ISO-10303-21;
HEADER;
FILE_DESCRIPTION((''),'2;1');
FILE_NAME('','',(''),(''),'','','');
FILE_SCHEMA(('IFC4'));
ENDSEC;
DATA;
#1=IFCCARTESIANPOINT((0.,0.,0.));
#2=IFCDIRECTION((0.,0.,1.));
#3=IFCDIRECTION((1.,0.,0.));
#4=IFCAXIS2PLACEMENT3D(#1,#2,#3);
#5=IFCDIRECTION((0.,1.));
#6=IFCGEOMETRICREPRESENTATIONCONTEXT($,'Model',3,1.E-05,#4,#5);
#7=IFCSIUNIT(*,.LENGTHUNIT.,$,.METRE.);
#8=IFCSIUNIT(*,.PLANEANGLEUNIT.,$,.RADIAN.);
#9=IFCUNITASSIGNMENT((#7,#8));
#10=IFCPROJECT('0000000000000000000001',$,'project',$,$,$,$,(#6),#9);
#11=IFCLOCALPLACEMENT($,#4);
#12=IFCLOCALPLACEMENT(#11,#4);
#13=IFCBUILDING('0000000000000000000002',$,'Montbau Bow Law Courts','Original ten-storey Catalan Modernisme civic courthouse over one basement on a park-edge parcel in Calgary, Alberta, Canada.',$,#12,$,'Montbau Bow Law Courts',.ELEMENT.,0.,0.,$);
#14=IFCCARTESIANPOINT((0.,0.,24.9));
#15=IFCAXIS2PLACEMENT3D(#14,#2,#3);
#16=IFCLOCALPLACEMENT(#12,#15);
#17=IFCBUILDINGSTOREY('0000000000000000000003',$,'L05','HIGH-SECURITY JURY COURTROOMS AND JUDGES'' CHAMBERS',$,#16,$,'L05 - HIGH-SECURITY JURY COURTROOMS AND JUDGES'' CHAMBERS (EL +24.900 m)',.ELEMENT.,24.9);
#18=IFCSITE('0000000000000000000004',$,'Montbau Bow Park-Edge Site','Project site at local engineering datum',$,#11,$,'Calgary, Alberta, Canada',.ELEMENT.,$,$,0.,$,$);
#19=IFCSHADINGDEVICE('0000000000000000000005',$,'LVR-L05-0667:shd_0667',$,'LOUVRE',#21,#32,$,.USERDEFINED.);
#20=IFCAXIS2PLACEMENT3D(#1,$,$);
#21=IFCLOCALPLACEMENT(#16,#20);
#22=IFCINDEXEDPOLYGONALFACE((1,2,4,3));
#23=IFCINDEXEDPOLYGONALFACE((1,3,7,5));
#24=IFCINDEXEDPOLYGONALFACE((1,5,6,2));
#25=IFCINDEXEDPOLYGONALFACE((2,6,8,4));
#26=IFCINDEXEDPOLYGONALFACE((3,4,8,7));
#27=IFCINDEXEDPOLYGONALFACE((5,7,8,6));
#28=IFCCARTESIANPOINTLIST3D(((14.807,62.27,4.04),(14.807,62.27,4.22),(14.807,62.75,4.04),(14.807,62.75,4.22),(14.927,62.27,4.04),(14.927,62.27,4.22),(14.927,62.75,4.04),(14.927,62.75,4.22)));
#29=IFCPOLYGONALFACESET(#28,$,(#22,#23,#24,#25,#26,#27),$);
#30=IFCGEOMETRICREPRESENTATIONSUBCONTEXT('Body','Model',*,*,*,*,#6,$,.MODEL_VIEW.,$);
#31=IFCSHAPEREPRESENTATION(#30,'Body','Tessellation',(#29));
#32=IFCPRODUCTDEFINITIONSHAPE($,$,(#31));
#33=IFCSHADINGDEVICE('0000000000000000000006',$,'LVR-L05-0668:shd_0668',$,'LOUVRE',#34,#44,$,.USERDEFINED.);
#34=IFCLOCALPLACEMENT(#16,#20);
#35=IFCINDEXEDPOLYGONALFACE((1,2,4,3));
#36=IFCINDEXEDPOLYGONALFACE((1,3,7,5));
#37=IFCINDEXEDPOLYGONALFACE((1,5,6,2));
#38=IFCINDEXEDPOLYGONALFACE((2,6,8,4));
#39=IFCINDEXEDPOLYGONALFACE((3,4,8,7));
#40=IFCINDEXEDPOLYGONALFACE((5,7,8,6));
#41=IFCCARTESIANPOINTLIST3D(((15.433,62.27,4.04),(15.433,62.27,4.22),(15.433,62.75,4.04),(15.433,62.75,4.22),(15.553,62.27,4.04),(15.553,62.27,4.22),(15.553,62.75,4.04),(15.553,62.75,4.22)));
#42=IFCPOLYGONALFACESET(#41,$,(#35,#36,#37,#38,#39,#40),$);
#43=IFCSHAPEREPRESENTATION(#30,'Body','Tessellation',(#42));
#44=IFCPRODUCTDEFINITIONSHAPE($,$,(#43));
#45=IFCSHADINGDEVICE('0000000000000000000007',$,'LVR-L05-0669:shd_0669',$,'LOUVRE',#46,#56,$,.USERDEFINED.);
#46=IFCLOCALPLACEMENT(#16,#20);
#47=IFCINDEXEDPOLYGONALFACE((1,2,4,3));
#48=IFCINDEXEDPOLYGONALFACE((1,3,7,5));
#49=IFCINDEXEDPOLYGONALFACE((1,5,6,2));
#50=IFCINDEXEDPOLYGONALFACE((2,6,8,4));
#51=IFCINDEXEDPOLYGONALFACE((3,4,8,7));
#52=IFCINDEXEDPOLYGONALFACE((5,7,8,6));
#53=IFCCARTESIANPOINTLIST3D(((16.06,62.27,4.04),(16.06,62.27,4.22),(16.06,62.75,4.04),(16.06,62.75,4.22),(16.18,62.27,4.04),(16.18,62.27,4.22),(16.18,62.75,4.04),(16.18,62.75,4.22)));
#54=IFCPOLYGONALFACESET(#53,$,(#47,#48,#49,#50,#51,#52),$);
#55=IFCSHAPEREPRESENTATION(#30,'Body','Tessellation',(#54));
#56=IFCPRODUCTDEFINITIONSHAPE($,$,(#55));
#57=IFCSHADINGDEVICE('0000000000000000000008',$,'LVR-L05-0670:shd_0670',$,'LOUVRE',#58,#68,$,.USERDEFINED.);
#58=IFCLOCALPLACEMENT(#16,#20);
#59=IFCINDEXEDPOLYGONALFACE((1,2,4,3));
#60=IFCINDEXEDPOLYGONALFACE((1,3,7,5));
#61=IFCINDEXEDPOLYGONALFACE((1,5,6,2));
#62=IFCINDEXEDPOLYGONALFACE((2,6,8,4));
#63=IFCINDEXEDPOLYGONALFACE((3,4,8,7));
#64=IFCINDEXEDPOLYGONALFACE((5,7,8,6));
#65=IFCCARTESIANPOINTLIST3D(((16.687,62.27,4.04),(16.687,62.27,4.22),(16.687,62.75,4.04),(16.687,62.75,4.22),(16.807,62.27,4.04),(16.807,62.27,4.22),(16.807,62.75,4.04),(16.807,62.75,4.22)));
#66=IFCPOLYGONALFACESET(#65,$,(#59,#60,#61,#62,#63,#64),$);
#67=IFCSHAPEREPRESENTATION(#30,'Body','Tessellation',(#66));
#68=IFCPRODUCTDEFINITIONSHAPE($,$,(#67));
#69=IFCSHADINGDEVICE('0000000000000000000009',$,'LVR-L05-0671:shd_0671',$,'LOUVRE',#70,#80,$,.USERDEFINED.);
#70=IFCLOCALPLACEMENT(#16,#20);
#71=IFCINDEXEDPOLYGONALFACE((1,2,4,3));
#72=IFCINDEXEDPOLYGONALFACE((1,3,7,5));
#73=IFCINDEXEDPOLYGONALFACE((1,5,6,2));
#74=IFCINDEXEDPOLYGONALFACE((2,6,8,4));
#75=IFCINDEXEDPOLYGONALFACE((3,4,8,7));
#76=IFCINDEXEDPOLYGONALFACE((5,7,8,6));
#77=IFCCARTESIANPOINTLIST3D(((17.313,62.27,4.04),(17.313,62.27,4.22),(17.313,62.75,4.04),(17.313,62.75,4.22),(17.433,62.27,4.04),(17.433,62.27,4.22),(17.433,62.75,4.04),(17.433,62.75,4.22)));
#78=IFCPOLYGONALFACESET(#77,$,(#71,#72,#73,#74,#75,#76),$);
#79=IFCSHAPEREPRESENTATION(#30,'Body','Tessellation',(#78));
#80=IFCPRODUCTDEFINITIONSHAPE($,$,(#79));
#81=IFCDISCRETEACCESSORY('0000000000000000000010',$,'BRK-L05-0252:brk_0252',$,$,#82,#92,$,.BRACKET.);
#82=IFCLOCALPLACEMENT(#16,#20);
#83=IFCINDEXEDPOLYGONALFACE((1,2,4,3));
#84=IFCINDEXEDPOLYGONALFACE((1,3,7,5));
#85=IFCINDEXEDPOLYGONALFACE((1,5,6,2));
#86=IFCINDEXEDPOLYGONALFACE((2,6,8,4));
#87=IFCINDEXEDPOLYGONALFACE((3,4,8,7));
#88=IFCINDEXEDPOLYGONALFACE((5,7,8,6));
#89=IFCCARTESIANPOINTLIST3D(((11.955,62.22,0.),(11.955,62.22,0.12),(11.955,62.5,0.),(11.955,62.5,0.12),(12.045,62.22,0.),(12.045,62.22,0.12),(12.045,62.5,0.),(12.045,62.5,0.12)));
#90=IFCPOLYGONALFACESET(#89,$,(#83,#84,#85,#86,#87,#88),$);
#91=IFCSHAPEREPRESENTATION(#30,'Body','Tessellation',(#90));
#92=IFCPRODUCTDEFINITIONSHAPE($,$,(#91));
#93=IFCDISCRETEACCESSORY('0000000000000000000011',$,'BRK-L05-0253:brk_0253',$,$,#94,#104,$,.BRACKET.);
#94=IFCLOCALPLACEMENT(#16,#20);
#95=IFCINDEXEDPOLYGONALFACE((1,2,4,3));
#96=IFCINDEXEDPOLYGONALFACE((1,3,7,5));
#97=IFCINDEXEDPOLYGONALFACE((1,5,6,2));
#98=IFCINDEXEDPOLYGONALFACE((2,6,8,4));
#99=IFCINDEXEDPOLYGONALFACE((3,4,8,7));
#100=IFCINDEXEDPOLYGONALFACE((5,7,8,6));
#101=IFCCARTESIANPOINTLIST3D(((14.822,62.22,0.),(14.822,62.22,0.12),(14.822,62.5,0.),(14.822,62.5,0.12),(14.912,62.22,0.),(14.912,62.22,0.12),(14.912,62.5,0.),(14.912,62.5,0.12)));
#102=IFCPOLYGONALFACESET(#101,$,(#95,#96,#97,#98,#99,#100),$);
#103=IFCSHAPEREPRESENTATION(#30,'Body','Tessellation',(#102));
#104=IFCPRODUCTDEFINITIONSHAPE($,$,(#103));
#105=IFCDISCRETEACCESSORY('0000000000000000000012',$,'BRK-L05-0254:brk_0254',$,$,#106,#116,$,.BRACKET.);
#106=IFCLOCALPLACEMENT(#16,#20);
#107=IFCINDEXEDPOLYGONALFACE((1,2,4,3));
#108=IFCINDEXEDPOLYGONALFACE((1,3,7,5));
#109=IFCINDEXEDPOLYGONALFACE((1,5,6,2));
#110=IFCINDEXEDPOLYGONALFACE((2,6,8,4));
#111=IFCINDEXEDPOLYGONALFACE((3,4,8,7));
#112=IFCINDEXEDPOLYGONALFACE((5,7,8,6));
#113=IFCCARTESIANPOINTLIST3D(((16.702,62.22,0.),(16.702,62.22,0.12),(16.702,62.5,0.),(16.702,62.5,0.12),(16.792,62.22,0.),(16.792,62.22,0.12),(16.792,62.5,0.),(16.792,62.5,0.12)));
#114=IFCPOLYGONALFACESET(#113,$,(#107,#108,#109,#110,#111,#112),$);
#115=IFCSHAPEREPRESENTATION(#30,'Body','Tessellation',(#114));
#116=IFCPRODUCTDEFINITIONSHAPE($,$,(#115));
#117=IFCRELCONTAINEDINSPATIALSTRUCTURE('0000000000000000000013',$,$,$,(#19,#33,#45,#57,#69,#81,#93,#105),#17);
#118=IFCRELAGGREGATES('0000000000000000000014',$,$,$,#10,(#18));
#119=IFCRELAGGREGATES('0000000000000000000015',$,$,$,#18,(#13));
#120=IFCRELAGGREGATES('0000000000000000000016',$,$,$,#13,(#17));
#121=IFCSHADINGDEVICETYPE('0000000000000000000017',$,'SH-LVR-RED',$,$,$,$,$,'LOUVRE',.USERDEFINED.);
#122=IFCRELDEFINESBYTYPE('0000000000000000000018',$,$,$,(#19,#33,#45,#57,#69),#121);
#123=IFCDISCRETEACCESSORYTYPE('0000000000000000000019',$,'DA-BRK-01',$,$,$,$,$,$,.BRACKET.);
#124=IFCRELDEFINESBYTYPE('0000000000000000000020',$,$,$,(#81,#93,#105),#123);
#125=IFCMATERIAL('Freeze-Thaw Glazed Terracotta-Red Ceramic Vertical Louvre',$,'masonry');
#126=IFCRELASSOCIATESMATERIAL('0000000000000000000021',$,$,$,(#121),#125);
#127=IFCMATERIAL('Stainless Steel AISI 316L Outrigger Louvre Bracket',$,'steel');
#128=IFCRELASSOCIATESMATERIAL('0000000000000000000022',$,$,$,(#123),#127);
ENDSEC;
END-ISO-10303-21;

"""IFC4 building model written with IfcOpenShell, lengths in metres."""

from ifc_helpers import new_model, si_unit, direction, frame, origin_with_axes, origin_2d_with_axis, place, context, subcontext, project, spatial, rectangle, extrude, material, type_object, element, save


model = new_model("IFC4")

# Units and contexts
model_context = context("Model", 3, precision=1e-05, world=origin_with_axes(), true_north=direction((0.0, 1.0)))
body_context = subcontext(model_context, "Body", "Model", "MODEL_VIEW")
ifc_project = project(units=[si_unit("LENGTHUNIT", "METRE"), si_unit("PLANEANGLEUNIT", "RADIAN")], contexts=[model_context])

# Site, building, storey
site_placement = place(None, origin_with_axes())
site = spatial("IfcSite", under=ifc_project, at=site_placement, Name="Montbau Bow Park-Edge Site", Description="Project site at local engineering datum", LongName="Calgary, Alberta, Canada", CompositionType="ELEMENT", RefElevation=0.0)
building_placement = place(site_placement, origin_with_axes())
building = spatial("IfcBuilding", under=site, at=building_placement, Name="Montbau Bow Law Courts", Description="Original ten-storey Catalan Modernisme civic courthouse over one basement on a park-edge parcel in Calgary, Alberta, Canada.", LongName="Montbau Bow Law Courts", CompositionType="ELEMENT", ElevationOfRefHeight=0.0, ElevationOfTerrain=0.0)
storey_placement = place(building_placement, frame((0.0, 0.0, 24.9), z_axis=(0.0, 0.0, 1.0), x_axis=(1.0, 0.0, 0.0)))
storey = spatial("IfcBuildingStorey", under=building, at=storey_placement, Name="L05", Description="HIGH-SECURITY JURY COURTROOMS AND JUDGES' CHAMBERS", LongName="L05 - HIGH-SECURITY JURY COURTROOMS AND JUDGES' CHAMBERS (EL +24.900 m)", CompositionType="ELEMENT", Elevation=24.9)

# Shared definitions
ifc_material_1 = material(Name="Freeze-Thaw Glazed Terracotta-Red Ceramic Vertical Louvre", Category="masonry")

# Shading devices
shading_device_type = type_object("IfcShadingDeviceType", Name="SH-LVR-RED", ElementType="LOUVRE", PredefinedType="USERDEFINED", material=ifc_material_1)
for number, where, z_axis, x_axis, name in (
    (1, (14.867, 62.51, 28.94), (0.0, 0.0, 1.0), (0.0, 1.0, 0.0), "LVR-L05-0667:shd_0667"),
    (2, (15.493, 62.51, 28.94), (0.0, 0.0, 1.0), (0.0, 1.0, 0.0), "LVR-L05-0668:shd_0668"),
    (3, (16.12, 62.51, 28.94), (0.0, 0.0, 1.0), (0.0, 1.0, 0.0), "LVR-L05-0669:shd_0669"),
    (4, (16.747, 62.51, 28.94), (0.0, 0.0, 1.0), (0.0, 1.0, 0.0), "LVR-L05-0670:shd_0670"),
    (5, (17.373, 62.51, 28.94), (0.0, 0.0, 1.0), (0.0, 1.0, 0.0), "LVR-L05-0671:shd_0671"),
):
    element("IfcShadingDevice", number, at=place(None, frame(where, z_axis=z_axis, x_axis=x_axis)), inside=storey, type_object=shading_device_type, Name=name, ObjectType="LOUVRE", PredefinedType="USERDEFINED", context=body_context, shape_type="SweptSolid", body=[
        extrude(rectangle(XDim=0.48, YDim=0.12, at=origin_2d_with_axis()), origin_with_axes(), (0.0, 0.0, 1.0), 0.18),
    ])

# Discrete accessories
ifc_material_2 = material(Name="Stainless Steel AISI 316L Outrigger Louvre Bracket", Category="steel")
discrete_accessory_type = type_object("IfcDiscreteAccessoryType", Name="DA-BRK-01", PredefinedType="BRACKET", material=ifc_material_2)
for number, where, z_axis, x_axis, name in (
    (6, (12.0, 62.36, 24.9), (0.0, 0.0, 1.0), (0.0, 1.0, 0.0), "BRK-L05-0252:brk_0252"),
    (7, (14.867, 62.36, 24.9), (0.0, 0.0, 1.0), (0.0, 1.0, 0.0), "BRK-L05-0253:brk_0253"),
    (8, (16.747, 62.36, 24.9), (0.0, 0.0, 1.0), (0.0, 1.0, 0.0), "BRK-L05-0254:brk_0254"),
):
    element("IfcDiscreteAccessory", number, at=place(None, frame(where, z_axis=z_axis, x_axis=x_axis)), inside=storey, type_object=discrete_accessory_type, Name=name, PredefinedType="BRACKET", context=body_context, shape_type="SweptSolid", body=[
        extrude(rectangle(XDim=0.28, YDim=0.09, at=origin_2d_with_axis()), origin_with_axes(), (0.0, 0.0, 1.0), 0.12),
    ])

save(model, "model.ifc")
